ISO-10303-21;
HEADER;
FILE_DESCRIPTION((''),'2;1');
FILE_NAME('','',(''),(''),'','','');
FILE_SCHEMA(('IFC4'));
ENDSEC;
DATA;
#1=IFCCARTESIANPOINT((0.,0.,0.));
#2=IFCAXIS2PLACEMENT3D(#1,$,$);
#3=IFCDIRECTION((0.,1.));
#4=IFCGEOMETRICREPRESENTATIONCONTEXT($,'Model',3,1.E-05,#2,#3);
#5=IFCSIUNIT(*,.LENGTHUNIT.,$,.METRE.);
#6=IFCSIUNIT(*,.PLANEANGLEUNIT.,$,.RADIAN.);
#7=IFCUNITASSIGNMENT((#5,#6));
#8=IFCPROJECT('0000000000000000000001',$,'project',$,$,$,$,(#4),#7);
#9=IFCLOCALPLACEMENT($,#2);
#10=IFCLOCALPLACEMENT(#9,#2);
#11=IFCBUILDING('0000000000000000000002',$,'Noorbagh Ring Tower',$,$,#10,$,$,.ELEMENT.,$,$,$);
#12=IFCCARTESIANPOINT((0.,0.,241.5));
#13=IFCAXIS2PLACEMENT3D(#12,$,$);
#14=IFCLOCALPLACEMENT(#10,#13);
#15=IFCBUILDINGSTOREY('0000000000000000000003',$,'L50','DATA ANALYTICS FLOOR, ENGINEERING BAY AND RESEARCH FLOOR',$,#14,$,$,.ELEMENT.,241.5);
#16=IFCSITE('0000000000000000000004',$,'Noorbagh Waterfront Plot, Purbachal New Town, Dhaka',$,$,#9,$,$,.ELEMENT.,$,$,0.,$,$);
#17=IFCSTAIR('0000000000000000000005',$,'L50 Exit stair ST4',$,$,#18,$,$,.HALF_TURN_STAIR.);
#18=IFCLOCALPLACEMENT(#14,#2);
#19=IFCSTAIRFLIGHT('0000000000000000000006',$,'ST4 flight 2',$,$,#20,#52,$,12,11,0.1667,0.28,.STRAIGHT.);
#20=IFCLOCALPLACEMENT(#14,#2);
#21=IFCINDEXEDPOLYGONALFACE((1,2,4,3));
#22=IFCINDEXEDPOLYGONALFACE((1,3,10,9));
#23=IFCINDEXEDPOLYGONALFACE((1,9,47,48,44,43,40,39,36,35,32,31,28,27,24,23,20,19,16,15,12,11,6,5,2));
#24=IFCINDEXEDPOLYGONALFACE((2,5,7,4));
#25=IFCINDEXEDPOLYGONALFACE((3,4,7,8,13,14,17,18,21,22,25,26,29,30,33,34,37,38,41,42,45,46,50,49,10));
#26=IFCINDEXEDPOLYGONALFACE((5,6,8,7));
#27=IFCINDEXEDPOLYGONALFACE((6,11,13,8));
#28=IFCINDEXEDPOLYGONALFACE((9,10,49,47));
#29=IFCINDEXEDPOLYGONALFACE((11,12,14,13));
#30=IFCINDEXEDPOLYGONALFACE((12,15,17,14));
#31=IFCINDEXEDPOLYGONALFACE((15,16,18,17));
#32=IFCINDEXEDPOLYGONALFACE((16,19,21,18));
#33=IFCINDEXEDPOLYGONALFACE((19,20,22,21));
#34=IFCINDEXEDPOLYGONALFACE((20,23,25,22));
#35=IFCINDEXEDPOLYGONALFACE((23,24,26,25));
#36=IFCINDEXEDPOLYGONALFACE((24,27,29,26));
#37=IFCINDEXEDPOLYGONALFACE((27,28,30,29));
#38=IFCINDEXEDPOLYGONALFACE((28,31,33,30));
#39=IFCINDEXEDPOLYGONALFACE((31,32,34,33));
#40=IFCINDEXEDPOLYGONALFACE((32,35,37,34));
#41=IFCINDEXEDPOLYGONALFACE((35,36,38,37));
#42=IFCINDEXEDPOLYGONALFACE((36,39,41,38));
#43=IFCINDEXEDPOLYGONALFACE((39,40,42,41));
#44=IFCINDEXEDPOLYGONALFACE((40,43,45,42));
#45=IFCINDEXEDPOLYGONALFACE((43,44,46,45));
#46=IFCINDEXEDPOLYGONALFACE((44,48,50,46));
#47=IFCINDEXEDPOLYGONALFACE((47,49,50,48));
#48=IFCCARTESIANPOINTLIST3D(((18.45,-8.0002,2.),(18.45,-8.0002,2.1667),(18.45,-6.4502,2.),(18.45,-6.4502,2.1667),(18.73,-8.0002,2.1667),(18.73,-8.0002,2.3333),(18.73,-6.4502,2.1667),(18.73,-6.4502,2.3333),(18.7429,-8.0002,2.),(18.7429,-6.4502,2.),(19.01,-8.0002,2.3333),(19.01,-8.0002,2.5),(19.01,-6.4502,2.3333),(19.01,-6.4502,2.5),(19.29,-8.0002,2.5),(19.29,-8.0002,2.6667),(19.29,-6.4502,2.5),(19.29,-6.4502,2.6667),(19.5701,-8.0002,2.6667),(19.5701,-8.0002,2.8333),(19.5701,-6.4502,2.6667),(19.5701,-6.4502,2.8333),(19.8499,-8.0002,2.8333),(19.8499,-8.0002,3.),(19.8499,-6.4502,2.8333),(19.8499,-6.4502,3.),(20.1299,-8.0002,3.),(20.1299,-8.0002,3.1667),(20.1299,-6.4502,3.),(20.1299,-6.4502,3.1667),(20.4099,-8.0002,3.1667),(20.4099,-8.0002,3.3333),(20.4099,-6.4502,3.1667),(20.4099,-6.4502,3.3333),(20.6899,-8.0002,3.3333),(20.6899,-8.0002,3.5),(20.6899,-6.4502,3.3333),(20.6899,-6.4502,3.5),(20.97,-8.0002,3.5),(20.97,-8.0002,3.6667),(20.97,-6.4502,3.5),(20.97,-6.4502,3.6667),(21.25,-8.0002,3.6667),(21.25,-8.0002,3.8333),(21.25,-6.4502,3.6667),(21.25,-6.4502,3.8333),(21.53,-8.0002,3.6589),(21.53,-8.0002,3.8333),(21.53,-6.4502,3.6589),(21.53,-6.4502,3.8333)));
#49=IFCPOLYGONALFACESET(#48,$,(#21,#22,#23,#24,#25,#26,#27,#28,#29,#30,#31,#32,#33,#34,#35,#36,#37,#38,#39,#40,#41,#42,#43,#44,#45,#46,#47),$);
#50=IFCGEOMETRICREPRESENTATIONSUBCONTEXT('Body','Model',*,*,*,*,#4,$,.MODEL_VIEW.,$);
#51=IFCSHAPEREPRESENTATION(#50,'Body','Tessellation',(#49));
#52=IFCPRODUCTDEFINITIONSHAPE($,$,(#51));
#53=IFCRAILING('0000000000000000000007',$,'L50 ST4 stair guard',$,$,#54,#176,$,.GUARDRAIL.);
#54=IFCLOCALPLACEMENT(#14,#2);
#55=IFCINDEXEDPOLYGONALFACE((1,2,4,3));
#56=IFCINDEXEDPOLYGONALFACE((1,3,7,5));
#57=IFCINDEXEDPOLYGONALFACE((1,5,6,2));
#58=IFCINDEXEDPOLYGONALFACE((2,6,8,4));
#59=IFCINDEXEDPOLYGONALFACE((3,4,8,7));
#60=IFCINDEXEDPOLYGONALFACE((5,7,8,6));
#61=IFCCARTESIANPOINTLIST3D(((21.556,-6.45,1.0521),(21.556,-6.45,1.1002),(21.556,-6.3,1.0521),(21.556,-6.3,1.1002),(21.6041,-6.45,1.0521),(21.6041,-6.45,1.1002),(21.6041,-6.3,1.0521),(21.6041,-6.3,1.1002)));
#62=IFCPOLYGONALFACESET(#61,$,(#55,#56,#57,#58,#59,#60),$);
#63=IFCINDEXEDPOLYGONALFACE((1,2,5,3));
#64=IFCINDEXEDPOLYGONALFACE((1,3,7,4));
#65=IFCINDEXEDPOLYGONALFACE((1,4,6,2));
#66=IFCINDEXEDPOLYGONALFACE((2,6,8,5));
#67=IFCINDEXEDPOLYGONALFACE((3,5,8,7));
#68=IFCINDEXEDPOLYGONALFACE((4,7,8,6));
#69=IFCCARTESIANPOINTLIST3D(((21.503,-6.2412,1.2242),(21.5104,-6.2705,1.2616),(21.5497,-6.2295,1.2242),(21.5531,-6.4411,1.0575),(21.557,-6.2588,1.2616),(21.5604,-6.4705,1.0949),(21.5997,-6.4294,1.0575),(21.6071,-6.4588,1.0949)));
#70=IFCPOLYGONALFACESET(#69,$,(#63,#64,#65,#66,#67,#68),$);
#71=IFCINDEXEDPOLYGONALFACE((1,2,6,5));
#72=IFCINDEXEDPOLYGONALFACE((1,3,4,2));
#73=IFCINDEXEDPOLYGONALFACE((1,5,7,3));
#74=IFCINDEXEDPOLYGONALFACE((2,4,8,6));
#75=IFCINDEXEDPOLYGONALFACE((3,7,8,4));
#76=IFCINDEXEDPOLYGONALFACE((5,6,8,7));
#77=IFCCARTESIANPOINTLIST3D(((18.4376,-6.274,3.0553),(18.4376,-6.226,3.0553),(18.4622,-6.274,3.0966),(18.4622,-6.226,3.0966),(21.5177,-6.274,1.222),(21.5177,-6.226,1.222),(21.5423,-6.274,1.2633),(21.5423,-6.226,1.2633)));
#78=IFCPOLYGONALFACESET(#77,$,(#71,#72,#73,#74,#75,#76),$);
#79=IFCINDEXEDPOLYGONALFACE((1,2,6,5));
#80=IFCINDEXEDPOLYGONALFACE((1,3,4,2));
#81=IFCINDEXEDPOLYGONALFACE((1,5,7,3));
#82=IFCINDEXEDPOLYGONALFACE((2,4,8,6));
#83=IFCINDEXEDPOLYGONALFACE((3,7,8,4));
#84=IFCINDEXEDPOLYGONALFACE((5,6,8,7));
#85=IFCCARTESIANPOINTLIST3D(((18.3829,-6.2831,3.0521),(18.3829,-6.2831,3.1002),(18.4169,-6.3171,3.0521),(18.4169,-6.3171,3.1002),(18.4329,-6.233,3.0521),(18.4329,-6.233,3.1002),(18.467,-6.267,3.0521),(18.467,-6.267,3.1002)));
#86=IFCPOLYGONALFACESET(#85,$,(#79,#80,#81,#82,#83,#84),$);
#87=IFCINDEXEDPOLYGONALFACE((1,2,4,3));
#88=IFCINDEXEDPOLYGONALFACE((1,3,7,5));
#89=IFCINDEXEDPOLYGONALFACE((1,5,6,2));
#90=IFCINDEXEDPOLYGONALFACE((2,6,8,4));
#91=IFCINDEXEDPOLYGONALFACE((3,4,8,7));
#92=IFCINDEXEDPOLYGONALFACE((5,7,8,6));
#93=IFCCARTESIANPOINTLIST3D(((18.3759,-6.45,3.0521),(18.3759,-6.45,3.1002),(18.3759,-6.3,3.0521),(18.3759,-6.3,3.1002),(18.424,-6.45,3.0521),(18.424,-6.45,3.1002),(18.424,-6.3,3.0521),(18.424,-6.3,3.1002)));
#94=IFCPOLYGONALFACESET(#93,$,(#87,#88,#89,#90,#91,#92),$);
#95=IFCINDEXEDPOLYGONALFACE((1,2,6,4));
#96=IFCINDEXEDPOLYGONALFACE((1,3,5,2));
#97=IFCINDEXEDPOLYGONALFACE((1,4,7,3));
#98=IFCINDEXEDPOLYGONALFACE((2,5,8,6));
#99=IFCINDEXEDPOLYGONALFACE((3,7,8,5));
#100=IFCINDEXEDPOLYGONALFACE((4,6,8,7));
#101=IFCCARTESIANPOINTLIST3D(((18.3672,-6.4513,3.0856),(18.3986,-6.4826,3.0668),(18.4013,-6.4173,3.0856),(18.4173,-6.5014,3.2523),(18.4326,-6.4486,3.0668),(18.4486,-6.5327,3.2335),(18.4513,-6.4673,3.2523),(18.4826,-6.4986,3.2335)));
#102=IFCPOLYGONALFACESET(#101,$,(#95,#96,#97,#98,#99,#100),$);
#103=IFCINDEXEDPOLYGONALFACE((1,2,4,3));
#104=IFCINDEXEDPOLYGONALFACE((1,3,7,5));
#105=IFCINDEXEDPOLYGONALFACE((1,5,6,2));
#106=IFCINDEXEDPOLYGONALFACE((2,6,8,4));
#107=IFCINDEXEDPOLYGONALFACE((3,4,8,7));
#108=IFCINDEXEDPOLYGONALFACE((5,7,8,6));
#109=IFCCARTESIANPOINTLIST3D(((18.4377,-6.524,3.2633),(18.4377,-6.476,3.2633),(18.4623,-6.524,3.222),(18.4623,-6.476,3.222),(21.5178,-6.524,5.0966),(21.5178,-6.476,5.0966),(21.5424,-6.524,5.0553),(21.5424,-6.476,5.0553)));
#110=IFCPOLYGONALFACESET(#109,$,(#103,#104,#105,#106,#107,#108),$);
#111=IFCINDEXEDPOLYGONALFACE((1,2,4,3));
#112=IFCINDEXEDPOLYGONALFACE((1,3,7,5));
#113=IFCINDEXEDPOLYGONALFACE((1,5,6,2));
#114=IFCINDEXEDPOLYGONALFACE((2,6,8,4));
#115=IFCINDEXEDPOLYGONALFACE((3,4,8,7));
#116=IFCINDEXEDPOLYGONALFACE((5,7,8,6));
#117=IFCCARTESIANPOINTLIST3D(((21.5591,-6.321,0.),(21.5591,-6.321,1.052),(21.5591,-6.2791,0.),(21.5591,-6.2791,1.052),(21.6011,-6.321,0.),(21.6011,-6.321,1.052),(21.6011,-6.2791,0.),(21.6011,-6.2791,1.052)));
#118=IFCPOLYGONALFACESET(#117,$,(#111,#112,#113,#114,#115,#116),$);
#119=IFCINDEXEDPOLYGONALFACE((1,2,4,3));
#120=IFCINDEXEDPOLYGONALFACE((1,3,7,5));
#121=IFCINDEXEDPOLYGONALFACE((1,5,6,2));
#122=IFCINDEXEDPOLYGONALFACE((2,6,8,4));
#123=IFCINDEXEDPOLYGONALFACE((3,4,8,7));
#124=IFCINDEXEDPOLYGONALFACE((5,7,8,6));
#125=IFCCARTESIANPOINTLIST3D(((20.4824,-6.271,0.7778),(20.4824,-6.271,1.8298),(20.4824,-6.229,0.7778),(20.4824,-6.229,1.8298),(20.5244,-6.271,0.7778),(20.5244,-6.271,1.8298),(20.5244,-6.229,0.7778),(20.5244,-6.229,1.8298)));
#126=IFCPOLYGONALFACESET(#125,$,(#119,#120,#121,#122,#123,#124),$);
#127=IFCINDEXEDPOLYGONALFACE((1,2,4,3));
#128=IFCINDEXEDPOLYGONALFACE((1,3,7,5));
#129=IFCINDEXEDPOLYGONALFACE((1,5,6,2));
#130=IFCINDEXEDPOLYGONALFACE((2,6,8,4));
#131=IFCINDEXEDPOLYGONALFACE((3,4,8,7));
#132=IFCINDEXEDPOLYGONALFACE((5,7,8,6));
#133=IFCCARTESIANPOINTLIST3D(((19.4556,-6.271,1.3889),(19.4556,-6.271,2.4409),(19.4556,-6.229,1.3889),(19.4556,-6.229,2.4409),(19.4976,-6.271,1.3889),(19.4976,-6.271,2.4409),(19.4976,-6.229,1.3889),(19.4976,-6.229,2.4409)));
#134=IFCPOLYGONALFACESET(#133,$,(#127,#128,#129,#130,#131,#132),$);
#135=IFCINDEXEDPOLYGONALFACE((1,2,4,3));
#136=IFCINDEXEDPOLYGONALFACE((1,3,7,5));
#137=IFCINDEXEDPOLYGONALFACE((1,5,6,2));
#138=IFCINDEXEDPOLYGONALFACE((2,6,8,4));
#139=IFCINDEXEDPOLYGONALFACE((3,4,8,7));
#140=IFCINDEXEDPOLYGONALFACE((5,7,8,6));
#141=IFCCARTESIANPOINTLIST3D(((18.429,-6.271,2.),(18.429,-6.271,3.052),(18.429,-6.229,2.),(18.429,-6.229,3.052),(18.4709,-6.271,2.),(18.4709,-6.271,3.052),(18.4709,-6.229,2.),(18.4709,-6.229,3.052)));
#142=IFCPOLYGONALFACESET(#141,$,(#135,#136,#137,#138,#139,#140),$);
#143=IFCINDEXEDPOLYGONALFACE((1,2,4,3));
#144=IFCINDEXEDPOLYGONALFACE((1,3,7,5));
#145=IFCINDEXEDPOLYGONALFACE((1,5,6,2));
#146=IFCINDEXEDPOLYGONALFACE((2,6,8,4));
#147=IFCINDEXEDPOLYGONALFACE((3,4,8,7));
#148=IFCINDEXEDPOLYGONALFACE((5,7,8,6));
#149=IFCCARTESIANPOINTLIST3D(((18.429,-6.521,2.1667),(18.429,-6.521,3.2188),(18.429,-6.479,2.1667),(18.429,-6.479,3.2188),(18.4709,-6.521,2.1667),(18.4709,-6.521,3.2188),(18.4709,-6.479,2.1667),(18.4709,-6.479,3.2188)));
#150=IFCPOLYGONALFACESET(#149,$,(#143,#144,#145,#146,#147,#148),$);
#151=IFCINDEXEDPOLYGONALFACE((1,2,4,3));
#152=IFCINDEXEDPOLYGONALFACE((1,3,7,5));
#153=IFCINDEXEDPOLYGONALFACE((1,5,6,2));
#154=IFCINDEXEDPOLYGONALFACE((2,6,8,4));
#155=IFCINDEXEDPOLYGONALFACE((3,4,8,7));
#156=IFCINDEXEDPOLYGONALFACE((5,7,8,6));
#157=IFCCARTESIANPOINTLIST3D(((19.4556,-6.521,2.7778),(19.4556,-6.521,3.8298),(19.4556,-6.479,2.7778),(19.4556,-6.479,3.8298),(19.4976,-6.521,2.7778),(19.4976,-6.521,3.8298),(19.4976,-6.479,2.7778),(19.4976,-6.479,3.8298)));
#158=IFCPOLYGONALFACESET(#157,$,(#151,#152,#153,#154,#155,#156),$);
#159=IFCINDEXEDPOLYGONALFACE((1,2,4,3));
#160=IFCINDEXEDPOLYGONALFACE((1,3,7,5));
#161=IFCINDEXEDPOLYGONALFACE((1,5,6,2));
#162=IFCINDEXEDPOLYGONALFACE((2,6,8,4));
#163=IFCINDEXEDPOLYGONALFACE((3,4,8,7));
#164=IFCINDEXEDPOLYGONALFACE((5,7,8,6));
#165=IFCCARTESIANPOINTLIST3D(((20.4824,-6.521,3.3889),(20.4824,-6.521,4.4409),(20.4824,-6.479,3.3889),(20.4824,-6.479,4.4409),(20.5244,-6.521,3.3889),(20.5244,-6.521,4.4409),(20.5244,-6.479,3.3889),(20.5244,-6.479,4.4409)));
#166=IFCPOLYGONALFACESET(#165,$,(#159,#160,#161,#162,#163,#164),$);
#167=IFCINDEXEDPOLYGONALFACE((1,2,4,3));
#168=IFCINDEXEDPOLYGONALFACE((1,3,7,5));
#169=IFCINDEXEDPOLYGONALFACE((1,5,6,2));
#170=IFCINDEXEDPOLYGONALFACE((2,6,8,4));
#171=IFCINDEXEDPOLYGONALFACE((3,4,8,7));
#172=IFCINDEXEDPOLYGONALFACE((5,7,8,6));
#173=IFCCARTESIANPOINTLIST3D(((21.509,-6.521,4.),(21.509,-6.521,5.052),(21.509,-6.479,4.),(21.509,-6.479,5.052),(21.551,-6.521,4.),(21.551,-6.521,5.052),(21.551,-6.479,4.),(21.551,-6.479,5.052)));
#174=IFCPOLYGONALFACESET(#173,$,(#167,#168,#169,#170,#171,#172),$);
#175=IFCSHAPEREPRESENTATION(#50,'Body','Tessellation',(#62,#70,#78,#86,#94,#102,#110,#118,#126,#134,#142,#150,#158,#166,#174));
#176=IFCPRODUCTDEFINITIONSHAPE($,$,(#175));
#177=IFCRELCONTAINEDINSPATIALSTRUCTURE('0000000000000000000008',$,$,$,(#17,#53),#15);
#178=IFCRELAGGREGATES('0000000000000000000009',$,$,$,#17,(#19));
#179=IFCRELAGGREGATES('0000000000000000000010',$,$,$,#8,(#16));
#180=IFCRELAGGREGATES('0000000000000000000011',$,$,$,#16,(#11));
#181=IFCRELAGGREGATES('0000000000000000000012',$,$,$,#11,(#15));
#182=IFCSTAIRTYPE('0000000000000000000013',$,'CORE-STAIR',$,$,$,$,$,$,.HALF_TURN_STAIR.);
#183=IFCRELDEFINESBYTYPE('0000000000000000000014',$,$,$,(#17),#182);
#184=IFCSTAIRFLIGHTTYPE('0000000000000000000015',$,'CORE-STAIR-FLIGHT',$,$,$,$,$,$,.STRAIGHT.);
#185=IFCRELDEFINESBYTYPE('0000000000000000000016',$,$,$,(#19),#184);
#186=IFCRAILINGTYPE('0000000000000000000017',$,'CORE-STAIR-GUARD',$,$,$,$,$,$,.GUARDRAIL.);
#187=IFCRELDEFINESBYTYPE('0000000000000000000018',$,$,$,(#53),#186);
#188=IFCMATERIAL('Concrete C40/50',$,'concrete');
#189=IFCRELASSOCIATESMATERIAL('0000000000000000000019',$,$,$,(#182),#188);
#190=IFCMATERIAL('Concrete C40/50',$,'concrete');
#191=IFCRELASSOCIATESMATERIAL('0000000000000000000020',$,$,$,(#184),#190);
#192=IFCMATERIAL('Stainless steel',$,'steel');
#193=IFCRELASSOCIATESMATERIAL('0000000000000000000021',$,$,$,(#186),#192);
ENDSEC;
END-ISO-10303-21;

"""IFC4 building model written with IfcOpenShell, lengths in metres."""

from ifc_helpers import new_model, si_unit, direction, frame, origin, origin_2d, place, context, subcontext, project, spatial, polyline, rectangle, outline, extrude, material, type_object, element, aggregate, save


model = new_model("IFC4")

# Units and contexts
model_context = context("Model", 3, precision=1e-05, world=origin(), true_north=direction((0.0, 1.0)))
body_context = subcontext(model_context, "Body", "Model", "MODEL_VIEW")
ifc_project = project(units=[si_unit("LENGTHUNIT", "METRE"), si_unit("PLANEANGLEUNIT", "RADIAN")], contexts=[model_context])

# Site, building, storey
site_placement = place(None, origin())
site = spatial("IfcSite", under=ifc_project, at=site_placement, Name="Noorbagh Waterfront Plot, Purbachal New Town, Dhaka", CompositionType="ELEMENT", RefElevation=0.0)
building_placement = place(site_placement, origin())
building = spatial("IfcBuilding", under=site, at=building_placement, Name="Noorbagh Ring Tower", CompositionType="ELEMENT")
storey_placement = place(building_placement, frame((0.0, 0.0, 241.5)))
storey = spatial("IfcBuildingStorey", under=building, at=storey_placement, Name="L50", Description="DATA ANALYTICS FLOOR, ENGINEERING BAY AND RESEARCH FLOOR", CompositionType="ELEMENT", Elevation=241.5)

# Stair, stair flight
ifc_material_1 = material(Name="Concrete C40/50", Category="concrete")
stair_type = type_object("IfcStairType", Name="CORE-STAIR", PredefinedType="HALF_TURN_STAIR", material=ifc_material_1)
stair_placement = place(storey_placement, origin())
stair = element("IfcStair", 1, at=stair_placement, inside=storey, type_object=stair_type, Name="L50 Exit stair ST4", PredefinedType="HALF_TURN_STAIR")
ifc_material_2 = material(Name="Concrete C40/50", Category="concrete")
stair_flight_type = type_object("IfcStairFlightType", Name="CORE-STAIR-FLIGHT", PredefinedType="STRAIGHT", material=ifc_material_2)
stair_flight_1_placement = place(storey_placement, frame((18.45, -7.2251, 2.0), z_axis=(0.0, 0.0, 1.0), x_axis=(1.0, 0.0, 0.0)))
stair_flight_1 = element("IfcStairFlight", 2, at=stair_flight_1_placement, type_object=stair_flight_type, Name="ST4 flight 2", NumberOfRisers=12, NumberOfTreads=11, PredefinedType="STRAIGHT", RiserHeight=0.1667, TreadLength=0.28, context=body_context, shape_type="SweptSolid", body=[
    extrude(outline(polyline([(0.0, 0.0), (0.0, 0.1667), (0.28, 0.1667), (0.28, 0.3333), (0.5601, 0.3333), (0.5601, 0.5), (0.8401, 0.5), (0.8401, 0.6667), (1.1201, 0.6667), (1.1201, 0.8333), (1.3999, 0.8333), (1.3999, 1.0), (1.6799, 1.0), (1.6799, 1.1667), (1.96, 1.1667), (1.96, 1.3333), (2.24, 1.3333), (2.24, 1.5), (2.52, 1.5), (2.52, 1.6667), (2.8, 1.6667), (2.8, 1.8333), (3.0801, 1.8333), (3.0801, 2.0), (3.0801, 1.6589), (0.293, 0.0), (0.0, 0.0)])), frame((0.0, 0.7749, 0.0), z_axis=(0.0, -1.0, 0.0), x_axis=(1.0, 0.0, 0.0)), (0.0, 0.0, 1.0), 1.55),
])
aggregate(stair, [stair_flight_1])

# Railing
ifc_material_3 = material(Name="Stainless steel", Category="steel")
railing_type_1 = type_object("IfcRailingType", Name="CORE-STAIR-GUARD", PredefinedType="GUARDRAIL", material=ifc_material_3)
railing_1_placement = place(storey_placement, frame((21.5801, -6.3, 0.0)))
element("IfcRailing", 3, at=railing_1_placement, inside=storey, type_object=railing_type_1, Name="L50 ST4 stair guard", PredefinedType="GUARDRAIL", context=body_context, shape_type="SweptSolid", body=[
    extrude(rectangle(XDim=0.0481, YDim=0.0481, at=origin_2d()), frame((0.0, 0.0, 1.0762), z_axis=(0.0, -1.0, 0.0), x_axis=(1.0, 0.0, 0.0)), (0.0, 0.0, 1.0), 0.1499),
    extrude(rectangle(XDim=0.0481, YDim=0.0481, at=origin_2d()), frame((0.0, -0.1499, 1.0762), z_axis=(-0.188776, 0.754182, 0.628946), x_axis=(-0.970073, -0.242814, 0.0)), (0.0, 0.0, 1.0), 0.2651),
    extrude(rectangle(XDim=0.0481, YDim=0.0481, at=origin_2d()), frame((-0.05, 0.05, 1.2427), z_axis=(-0.859309, 0.0, 0.511458), x_axis=(0.0, -1.0, 0.0)), (0.0, 0.0, 1.0), 3.5845),
    extrude(rectangle(XDim=0.0481, YDim=0.0481, at=origin_2d()), frame((-3.1301, 0.05, 3.0762), z_axis=(-0.707107, -0.707107, 0.0), x_axis=(0.707107, -0.707107, 0.0)), (0.0, 0.0, 1.0), 0.0708),
    extrude(rectangle(XDim=0.0481, YDim=0.0481, at=origin_2d()), frame((-3.1802, 0.0, 3.0762), z_axis=(0.0, -1.0, 0.0), x_axis=(1.0, 0.0, 0.0)), (0.0, 0.0, 1.0), 0.1499),
    extrude(rectangle(XDim=0.0481, YDim=0.0481, at=origin_2d()), frame((-3.1802, -0.1499, 3.0762), z_axis=(0.276287, -0.276287, 0.920506), x_axis=(0.707107, 0.707107, 0.0)), (0.0, 0.0, 1.0), 0.1812),
    extrude(rectangle(XDim=0.0481, YDim=0.0481, at=origin_2d()), frame((-3.1301, -0.2, 3.2427), z_axis=(0.859309, 0.0, 0.511458), x_axis=(0.0, 1.0, 0.0)), (0.0, 0.0, 1.0), 3.5845),
    extrude(rectangle(XDim=0.042, YDim=0.042, at=origin_2d()), origin(), (0.0, 0.0, 1.0), 1.052),
    extrude(rectangle(XDim=0.042, YDim=0.042, at=origin_2d()), frame((-1.0767, 0.05, 0.7778)), (0.0, 0.0, 1.0), 1.052),
    extrude(rectangle(XDim=0.042, YDim=0.042, at=origin_2d()), frame((-2.1035, 0.05, 1.3889)), (0.0, 0.0, 1.0), 1.052),
    extrude(rectangle(XDim=0.042, YDim=0.042, at=origin_2d()), frame((-3.1301, 0.05, 2.0)), (0.0, 0.0, 1.0), 1.052),
    extrude(rectangle(XDim=0.042, YDim=0.042, at=origin_2d()), frame((-3.1301, -0.2, 2.1667)), (0.0, 0.0, 1.0), 1.052),
    extrude(rectangle(XDim=0.042, YDim=0.042, at=origin_2d()), frame((-2.1035, -0.2, 2.7778)), (0.0, 0.0, 1.0), 1.052),
    extrude(rectangle(XDim=0.042, YDim=0.042, at=origin_2d()), frame((-1.0767, -0.2, 3.3889)), (0.0, 0.0, 1.0), 1.052),
    extrude(rectangle(XDim=0.042, YDim=0.042, at=origin_2d()), frame((-0.05, -0.2, 4.0)), (0.0, 0.0, 1.0), 1.052),
])

save(model, "model.ifc")
